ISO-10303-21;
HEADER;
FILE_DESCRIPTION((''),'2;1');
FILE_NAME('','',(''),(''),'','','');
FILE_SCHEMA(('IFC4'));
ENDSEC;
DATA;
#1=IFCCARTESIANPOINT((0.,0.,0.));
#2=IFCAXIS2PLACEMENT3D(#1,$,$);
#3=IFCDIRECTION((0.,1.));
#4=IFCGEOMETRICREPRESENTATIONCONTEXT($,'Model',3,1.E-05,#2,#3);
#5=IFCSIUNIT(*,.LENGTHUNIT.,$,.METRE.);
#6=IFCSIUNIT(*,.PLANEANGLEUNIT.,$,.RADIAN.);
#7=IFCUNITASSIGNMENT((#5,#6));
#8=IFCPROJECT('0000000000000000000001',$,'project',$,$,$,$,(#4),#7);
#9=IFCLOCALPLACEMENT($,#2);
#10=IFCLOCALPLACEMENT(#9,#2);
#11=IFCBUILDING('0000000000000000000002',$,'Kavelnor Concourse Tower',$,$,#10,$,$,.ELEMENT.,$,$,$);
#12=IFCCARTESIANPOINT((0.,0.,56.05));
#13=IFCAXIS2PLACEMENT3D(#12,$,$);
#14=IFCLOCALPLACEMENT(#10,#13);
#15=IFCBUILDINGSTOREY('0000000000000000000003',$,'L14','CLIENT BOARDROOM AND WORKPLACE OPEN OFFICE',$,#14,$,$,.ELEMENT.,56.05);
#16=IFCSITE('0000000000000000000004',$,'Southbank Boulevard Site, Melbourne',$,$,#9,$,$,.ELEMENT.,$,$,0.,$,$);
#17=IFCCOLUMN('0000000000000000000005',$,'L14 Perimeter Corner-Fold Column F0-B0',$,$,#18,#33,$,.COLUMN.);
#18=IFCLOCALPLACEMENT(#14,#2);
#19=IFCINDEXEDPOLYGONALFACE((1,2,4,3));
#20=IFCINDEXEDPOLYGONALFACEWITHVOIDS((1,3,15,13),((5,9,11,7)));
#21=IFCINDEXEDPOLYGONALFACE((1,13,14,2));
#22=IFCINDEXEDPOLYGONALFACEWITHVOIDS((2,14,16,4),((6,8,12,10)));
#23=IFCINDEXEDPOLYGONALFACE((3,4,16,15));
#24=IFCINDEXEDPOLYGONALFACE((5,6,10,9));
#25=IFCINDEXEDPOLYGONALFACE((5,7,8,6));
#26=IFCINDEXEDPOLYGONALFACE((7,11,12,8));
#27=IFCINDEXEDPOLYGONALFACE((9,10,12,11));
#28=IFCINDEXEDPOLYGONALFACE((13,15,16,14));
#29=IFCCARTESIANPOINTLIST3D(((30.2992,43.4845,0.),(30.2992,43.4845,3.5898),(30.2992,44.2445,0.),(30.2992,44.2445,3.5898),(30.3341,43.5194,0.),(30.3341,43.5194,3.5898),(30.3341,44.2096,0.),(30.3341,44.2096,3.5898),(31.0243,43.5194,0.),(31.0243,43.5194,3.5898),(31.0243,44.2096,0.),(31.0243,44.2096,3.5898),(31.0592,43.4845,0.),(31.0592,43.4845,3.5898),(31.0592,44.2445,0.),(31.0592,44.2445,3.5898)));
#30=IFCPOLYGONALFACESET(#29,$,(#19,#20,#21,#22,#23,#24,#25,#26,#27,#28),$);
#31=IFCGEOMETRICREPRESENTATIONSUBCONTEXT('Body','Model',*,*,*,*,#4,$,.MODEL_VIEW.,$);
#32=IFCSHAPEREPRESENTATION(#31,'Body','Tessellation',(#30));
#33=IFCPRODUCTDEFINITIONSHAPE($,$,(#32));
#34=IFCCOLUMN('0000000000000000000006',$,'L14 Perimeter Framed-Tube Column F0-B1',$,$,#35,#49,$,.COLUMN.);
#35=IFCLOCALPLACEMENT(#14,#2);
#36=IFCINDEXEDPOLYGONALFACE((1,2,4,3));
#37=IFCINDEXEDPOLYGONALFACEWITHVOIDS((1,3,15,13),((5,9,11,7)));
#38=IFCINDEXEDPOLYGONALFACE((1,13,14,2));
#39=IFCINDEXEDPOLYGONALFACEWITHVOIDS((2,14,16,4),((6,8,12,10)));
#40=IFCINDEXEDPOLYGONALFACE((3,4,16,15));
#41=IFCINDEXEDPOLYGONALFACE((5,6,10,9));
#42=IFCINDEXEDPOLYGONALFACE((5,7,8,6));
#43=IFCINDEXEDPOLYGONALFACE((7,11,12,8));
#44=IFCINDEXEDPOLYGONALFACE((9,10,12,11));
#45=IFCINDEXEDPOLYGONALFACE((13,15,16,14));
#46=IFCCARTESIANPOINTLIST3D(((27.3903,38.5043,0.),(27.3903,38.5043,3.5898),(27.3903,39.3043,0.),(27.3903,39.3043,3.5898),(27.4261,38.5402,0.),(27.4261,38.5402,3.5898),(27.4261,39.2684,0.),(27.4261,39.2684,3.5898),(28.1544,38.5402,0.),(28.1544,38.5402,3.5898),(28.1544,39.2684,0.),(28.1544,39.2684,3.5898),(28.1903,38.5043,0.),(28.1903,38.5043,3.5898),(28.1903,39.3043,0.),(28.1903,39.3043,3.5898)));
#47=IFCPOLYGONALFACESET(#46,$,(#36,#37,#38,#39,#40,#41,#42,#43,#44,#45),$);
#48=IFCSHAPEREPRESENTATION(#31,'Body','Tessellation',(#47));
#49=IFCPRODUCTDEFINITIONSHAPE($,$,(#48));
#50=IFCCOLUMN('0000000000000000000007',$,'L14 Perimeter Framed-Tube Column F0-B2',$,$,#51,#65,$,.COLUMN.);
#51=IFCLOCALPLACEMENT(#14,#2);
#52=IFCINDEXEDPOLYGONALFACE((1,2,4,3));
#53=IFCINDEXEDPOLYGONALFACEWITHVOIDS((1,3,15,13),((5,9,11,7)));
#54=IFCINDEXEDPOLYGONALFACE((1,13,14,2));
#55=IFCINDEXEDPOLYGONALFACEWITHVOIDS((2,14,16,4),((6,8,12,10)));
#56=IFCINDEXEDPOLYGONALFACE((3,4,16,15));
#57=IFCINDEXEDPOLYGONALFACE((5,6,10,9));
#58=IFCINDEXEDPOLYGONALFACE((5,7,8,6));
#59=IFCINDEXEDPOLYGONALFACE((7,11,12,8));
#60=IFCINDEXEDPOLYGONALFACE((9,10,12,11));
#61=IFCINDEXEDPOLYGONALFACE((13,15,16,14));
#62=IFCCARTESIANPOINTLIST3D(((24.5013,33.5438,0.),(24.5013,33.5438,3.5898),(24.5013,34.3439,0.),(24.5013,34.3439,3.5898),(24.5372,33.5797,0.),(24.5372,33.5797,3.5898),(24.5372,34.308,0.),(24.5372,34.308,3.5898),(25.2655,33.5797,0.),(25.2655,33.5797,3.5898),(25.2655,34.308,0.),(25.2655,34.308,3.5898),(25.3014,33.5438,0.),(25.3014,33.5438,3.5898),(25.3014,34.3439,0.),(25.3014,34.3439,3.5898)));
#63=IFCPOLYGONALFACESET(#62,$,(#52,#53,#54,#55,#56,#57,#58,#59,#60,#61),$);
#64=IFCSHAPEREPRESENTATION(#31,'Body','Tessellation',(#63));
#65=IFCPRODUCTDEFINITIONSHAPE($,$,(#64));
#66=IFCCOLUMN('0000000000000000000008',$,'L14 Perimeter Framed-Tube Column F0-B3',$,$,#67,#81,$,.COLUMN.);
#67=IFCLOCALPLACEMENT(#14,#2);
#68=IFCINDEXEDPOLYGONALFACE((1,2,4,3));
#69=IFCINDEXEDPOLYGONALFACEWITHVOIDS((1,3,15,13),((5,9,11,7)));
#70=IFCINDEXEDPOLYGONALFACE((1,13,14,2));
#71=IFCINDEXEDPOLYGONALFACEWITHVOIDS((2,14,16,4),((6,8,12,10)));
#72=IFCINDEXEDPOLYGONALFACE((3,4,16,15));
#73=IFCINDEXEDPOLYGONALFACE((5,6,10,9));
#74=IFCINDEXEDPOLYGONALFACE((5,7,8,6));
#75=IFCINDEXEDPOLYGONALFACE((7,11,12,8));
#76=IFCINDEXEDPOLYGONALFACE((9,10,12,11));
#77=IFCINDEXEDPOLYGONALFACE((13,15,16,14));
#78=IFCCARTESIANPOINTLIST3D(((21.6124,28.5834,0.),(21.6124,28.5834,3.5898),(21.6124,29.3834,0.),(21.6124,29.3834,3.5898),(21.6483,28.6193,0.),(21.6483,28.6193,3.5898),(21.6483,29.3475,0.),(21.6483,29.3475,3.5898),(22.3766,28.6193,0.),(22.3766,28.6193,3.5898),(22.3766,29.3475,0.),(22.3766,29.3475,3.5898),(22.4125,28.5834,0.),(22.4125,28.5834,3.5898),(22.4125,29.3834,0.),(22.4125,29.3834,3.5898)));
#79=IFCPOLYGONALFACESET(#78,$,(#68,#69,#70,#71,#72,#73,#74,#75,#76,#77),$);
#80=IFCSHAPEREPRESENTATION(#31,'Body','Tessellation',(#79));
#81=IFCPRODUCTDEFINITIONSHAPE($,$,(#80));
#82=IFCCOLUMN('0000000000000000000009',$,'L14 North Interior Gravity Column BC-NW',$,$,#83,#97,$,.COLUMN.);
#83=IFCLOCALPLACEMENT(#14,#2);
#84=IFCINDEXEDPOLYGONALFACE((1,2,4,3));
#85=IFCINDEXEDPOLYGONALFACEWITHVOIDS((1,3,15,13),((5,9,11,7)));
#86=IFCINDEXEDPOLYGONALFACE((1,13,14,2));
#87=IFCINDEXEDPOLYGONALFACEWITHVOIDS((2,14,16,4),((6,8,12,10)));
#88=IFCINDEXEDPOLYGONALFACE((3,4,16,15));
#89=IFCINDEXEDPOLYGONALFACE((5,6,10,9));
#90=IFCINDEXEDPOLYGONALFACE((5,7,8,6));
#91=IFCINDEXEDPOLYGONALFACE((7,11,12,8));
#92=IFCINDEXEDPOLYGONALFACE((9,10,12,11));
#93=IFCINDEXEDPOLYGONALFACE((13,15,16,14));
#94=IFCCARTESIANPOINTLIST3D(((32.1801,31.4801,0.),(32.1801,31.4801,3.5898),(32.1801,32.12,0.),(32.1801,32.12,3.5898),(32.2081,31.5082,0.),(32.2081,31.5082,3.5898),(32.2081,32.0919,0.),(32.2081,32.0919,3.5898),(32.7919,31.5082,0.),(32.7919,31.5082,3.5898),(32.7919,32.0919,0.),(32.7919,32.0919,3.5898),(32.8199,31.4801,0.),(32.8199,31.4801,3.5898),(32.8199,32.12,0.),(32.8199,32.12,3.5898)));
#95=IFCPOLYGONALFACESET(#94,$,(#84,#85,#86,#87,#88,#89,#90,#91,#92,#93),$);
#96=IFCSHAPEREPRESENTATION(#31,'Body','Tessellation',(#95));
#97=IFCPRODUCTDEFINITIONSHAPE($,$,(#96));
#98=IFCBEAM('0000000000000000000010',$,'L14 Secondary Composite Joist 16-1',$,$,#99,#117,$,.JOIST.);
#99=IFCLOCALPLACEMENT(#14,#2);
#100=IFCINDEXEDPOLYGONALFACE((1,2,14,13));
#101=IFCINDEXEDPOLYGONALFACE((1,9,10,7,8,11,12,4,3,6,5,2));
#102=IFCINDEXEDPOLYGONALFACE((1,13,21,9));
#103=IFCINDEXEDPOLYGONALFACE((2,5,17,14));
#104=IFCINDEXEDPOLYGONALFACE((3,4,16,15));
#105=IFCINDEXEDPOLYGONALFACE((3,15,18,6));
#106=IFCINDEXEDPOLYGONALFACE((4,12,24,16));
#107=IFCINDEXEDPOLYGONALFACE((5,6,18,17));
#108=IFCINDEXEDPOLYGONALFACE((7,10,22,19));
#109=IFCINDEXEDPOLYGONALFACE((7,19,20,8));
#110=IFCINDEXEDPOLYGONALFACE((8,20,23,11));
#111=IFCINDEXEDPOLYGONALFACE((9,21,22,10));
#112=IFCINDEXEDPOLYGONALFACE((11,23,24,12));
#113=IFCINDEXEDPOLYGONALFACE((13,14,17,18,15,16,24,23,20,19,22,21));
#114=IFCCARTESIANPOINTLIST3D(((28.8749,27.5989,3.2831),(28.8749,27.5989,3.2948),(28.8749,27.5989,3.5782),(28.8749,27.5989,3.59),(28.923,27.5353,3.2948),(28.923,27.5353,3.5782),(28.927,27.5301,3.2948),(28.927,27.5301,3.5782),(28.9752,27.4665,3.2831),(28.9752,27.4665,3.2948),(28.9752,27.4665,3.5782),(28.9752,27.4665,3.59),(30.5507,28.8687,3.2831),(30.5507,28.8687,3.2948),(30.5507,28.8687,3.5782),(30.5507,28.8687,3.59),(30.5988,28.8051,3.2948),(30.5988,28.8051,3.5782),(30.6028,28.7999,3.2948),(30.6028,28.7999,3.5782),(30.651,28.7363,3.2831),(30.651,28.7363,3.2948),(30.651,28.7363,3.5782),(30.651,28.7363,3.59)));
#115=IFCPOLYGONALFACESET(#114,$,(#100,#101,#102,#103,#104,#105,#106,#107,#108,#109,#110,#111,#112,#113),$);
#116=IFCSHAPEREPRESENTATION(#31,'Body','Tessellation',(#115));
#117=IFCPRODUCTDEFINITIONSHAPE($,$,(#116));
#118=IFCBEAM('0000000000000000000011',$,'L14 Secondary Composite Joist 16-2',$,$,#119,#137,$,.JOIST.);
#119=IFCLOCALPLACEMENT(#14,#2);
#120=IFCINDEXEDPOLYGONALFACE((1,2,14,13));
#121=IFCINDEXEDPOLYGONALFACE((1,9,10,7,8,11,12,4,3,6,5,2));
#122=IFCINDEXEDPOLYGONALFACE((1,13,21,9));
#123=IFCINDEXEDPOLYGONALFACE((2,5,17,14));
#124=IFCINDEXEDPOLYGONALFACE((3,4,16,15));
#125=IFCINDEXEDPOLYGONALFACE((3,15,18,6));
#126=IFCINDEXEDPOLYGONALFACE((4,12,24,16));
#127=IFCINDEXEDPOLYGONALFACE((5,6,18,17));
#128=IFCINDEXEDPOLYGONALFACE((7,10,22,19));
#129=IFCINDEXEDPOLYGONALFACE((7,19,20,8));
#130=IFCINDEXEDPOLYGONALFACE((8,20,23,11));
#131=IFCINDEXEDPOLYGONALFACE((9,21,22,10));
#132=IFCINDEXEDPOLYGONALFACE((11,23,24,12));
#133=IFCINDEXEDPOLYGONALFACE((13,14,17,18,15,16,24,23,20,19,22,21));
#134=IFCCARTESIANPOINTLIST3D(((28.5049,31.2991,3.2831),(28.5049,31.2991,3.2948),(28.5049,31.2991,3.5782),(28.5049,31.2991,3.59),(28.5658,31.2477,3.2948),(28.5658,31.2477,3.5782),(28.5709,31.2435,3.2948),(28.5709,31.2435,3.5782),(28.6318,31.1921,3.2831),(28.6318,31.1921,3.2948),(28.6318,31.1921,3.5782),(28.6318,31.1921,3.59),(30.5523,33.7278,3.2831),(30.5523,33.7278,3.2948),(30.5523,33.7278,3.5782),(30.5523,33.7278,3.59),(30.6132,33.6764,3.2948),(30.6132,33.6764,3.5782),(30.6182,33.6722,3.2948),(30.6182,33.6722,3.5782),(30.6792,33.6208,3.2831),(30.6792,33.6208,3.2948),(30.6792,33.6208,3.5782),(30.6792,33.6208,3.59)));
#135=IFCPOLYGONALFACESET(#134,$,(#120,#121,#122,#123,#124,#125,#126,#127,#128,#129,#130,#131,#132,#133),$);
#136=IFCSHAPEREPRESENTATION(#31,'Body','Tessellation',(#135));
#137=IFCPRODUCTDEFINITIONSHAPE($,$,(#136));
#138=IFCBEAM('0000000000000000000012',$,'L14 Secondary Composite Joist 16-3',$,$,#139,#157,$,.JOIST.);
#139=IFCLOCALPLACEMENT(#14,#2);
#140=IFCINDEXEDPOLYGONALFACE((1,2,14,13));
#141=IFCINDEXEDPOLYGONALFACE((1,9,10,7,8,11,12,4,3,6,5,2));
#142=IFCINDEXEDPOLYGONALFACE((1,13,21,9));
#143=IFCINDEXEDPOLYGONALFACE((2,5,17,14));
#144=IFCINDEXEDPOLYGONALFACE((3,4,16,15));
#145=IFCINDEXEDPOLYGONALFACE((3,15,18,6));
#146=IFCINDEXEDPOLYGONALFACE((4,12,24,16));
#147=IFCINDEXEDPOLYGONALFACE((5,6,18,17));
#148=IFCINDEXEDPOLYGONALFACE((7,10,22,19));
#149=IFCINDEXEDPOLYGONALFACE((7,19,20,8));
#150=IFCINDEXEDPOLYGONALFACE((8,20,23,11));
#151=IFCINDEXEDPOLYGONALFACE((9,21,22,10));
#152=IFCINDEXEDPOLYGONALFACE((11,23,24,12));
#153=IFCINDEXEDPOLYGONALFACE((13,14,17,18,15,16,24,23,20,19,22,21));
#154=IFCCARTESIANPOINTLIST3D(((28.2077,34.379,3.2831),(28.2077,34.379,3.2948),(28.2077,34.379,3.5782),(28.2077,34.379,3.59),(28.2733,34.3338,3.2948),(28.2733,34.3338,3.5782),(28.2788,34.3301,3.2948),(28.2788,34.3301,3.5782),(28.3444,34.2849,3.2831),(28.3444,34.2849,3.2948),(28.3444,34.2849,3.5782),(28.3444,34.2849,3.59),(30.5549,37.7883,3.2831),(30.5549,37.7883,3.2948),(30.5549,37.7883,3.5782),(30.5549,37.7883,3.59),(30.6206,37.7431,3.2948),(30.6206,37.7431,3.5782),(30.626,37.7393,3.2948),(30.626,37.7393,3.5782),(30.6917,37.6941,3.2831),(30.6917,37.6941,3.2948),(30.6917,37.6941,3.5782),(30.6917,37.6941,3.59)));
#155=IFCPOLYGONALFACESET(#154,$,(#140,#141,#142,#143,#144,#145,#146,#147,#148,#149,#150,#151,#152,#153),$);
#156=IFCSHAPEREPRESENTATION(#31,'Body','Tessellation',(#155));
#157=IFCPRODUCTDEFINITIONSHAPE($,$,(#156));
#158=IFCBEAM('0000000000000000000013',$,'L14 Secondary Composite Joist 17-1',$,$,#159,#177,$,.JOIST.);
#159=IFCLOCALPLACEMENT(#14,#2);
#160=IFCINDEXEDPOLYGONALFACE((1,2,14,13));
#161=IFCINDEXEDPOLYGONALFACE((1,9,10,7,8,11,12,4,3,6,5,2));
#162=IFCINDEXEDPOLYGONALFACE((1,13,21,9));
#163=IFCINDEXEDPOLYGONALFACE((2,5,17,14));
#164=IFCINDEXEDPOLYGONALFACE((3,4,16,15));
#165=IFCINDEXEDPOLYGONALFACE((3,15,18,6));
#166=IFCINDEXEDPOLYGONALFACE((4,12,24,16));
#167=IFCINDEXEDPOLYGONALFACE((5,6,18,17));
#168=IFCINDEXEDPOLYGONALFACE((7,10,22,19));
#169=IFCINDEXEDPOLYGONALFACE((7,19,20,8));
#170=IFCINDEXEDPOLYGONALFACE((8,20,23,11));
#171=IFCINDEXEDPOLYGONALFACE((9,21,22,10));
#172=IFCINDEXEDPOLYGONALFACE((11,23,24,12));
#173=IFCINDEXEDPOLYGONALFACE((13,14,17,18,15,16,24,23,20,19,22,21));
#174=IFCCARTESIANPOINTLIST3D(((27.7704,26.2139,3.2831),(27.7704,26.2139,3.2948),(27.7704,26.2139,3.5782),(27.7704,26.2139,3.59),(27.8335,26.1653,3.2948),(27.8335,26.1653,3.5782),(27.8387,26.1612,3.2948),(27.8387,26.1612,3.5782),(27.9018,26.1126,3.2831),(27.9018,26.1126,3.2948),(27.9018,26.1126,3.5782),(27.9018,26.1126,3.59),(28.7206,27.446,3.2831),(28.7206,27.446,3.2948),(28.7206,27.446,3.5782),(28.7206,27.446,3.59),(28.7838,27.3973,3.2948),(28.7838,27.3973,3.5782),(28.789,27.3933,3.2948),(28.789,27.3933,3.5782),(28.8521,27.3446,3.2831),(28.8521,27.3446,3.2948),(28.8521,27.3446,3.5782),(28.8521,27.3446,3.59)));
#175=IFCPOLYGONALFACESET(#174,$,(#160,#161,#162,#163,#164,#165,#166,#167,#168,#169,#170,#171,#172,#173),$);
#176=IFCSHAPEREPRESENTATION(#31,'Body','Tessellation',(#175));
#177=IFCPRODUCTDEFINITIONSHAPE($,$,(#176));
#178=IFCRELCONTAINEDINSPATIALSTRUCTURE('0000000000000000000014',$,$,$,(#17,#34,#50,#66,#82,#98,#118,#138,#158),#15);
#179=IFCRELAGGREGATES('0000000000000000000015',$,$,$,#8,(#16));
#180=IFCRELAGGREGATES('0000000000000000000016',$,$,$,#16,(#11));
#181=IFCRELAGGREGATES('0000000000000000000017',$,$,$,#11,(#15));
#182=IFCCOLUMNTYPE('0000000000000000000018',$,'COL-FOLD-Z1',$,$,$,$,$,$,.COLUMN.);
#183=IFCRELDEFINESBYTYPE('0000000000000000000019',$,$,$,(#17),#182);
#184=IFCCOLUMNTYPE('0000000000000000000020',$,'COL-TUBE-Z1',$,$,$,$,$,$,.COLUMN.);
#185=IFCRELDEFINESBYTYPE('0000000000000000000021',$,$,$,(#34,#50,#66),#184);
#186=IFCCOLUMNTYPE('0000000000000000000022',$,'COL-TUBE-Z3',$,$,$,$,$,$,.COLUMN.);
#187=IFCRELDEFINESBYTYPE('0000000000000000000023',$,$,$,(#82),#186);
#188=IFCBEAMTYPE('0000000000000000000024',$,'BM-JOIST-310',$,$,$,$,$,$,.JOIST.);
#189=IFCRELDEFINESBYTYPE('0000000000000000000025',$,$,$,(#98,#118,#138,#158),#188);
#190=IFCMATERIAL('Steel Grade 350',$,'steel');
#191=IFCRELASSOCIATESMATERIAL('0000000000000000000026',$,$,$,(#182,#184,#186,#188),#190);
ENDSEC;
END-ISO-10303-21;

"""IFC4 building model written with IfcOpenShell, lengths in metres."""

from ifc_helpers import new_model, si_unit, direction, frame, origin, origin_2d, place, context, subcontext, project, spatial, hollow_rectangle, i_section, extrude, material, material_profile, profile_set, type_object, element, save


model = new_model("IFC4")

# Units and contexts
model_context = context("Model", 3, precision=1e-05, world=origin(), true_north=direction((0.0, 1.0)))
body_context = subcontext(model_context, "Body", "Model", "MODEL_VIEW")
ifc_project = project(units=[si_unit("LENGTHUNIT", "METRE"), si_unit("PLANEANGLEUNIT", "RADIAN")], contexts=[model_context])

# Site, building, storey
site_placement = place(None, origin())
site = spatial("IfcSite", under=ifc_project, at=site_placement, Name="Southbank Boulevard Site, Melbourne", CompositionType="ELEMENT", RefElevation=0.0)
building_placement = place(site_placement, origin())
building = spatial("IfcBuilding", under=site, at=building_placement, Name="Kavelnor Concourse Tower", CompositionType="ELEMENT")
storey_placement = place(building_placement, frame((0.0, 0.0, 56.05)))
storey = spatial("IfcBuildingStorey", under=building, at=storey_placement, Name="L14", Description="CLIENT BOARDROOM AND WORKPLACE OPEN OFFICE", CompositionType="ELEMENT", Elevation=56.05)

# Columns
ifc_material_1 = material(Name="Steel Grade 350", Category="steel")
ifc_material_profile_1 = material_profile(ifc_material_1, hollow_rectangle(XDim=0.76, YDim=0.76, WallThickness=0.0349, at=origin_2d()), Name="SHS 760x760x35")
ifc_profile_set_1 = profile_set([ifc_material_profile_1], Name="Steel Grade 350")
column_type_1 = type_object("IfcColumnType", Name="COL-FOLD-Z1", PredefinedType="COLUMN", material=ifc_profile_set_1)
column_1_placement = place(storey_placement, frame((30.6792, 43.8645, 0.0), z_axis=(0.0, 0.0, 1.0), x_axis=(1.0, 0.0, 0.0)))
element("IfcColumn", 1, at=column_1_placement, inside=storey, type_object=column_type_1, Name="L14 Perimeter Corner-Fold Column F0-B0", PredefinedType="COLUMN", context=body_context, shape_type="SweptSolid", body=[
    extrude(hollow_rectangle(XDim=0.76, YDim=0.76, WallThickness=0.0349, at=origin_2d()), origin(), (0.0, 0.0, 1.0), 3.5898),
])
ifc_material_profile_2 = material_profile(ifc_material_1, hollow_rectangle(XDim=0.8, YDim=0.8, WallThickness=0.0359, at=origin_2d()), Name="SHS 800x800x36")
ifc_profile_set_2 = profile_set([ifc_material_profile_2], Name="Steel Grade 350")
column_type_2 = type_object("IfcColumnType", Name="COL-TUBE-Z1", PredefinedType="COLUMN", material=ifc_profile_set_2)
for number, where, z_axis, x_axis, name in (
    (2, (27.7903, 38.9043, 0.0), (0.0, 0.0, 1.0), (1.0, 0.0, 0.0), "L14 Perimeter Framed-Tube Column F0-B1"),
    (3, (24.9014, 33.9438, 0.0), (0.0, 0.0, 1.0), (1.0, 0.0, 0.0), "L14 Perimeter Framed-Tube Column F0-B2"),
    (4, (22.0125, 28.9834, 0.0), (0.0, 0.0, 1.0), (1.0, 0.0, 0.0), "L14 Perimeter Framed-Tube Column F0-B3"),
):
    element("IfcColumn", number, at=place(storey_placement, frame(where, z_axis=z_axis, x_axis=x_axis)), inside=storey, type_object=column_type_2, Name=name, PredefinedType="COLUMN", context=body_context, shape_type="SweptSolid", body=[
        extrude(hollow_rectangle(XDim=0.8, YDim=0.8, WallThickness=0.0359, at=origin_2d()), origin(), (0.0, 0.0, 1.0), 3.5898),
    ])
ifc_material_profile_3 = material_profile(ifc_material_1, hollow_rectangle(XDim=0.6399, YDim=0.6399, WallThickness=0.0281, at=origin_2d()), Name="SHS 640x640x28")
ifc_profile_set_3 = profile_set([ifc_material_profile_3], Name="Steel Grade 350")
column_type_3 = type_object("IfcColumnType", Name="COL-TUBE-Z3", PredefinedType="COLUMN", material=ifc_profile_set_3)
column_2_placement = place(storey_placement, frame((32.5, 31.8, 0.0), z_axis=(0.0, 0.0, 1.0), x_axis=(1.0, 0.0, 0.0)))
element("IfcColumn", 5, at=column_2_placement, inside=storey, type_object=column_type_3, Name="L14 North Interior Gravity Column BC-NW", PredefinedType="COLUMN", context=body_context, shape_type="SweptSolid", body=[
    extrude(hollow_rectangle(XDim=0.6399, YDim=0.6399, WallThickness=0.0281, at=origin_2d()), origin(), (0.0, 0.0, 1.0), 3.5898),
])

# Beams
ifc_material_profile_4 = material_profile(ifc_material_1, i_section(OverallWidth=0.166, OverallDepth=0.3069, WebThickness=0.0066, FlangeThickness=0.0117, at=origin_2d()), Name="310UB46")
ifc_profile_set_4 = profile_set([ifc_material_profile_4], Name="Steel Grade 350")
beam_type_1 = type_object("IfcBeamType", Name="BM-JOIST-310", PredefinedType="JOIST", material=ifc_profile_set_4)
beam_1_placement = place(storey_placement, frame((30.6008, 28.8025, 3.4365), z_axis=(-0.797036, -0.603931, 0.0), x_axis=(0.603931, -0.797036, 0.0)))
element("IfcBeam", 6, at=beam_1_placement, inside=storey, type_object=beam_type_1, Name="L14 Secondary Composite Joist 16-1", PredefinedType="JOIST", context=body_context, shape_type="SweptSolid", body=[
    extrude(i_section(OverallWidth=0.166, OverallDepth=0.3069, WebThickness=0.0066, FlangeThickness=0.0117, at=origin_2d()), origin(), (0.0, 0.0, 1.0), 2.1025),
])
beam_2_placement = place(storey_placement, frame((30.6157, 33.6743, 3.4365), z_axis=(-0.644529, -0.76458, 0.0), x_axis=(0.76458, -0.644529, 0.0)))
element("IfcBeam", 7, at=beam_2_placement, inside=storey, type_object=beam_type_1, Name="L14 Secondary Composite Joist 16-2", PredefinedType="JOIST", context=body_context, shape_type="SweptSolid", body=[
    extrude(i_section(OverallWidth=0.166, OverallDepth=0.3069, WebThickness=0.0066, FlangeThickness=0.0117, at=origin_2d()), origin(), (0.0, 0.0, 1.0), 3.1765),
])
beam_3_placement = place(storey_placement, frame((30.6233, 37.7412, 3.4365), z_axis=(-0.567079, -0.823663, 0.0), x_axis=(0.823663, -0.567079, 0.0)))
element("IfcBeam", 8, at=beam_3_placement, inside=storey, type_object=beam_type_1, Name="L14 Secondary Composite Joist 16-3", PredefinedType="JOIST", context=body_context, shape_type="SweptSolid", body=[
    extrude(i_section(OverallWidth=0.166, OverallDepth=0.3069, WebThickness=0.0066, FlangeThickness=0.0117, at=origin_2d()), origin(), (0.0, 0.0, 1.0), 4.1392),
])
beam_4_placement = place(storey_placement, frame((28.7864, 27.3953, 3.4365), z_axis=(-0.610742, -0.79183, 0.0), x_axis=(0.79183, -0.610742, 0.0)))
element("IfcBeam", 9, at=beam_4_placement, inside=storey, type_object=beam_type_1, Name="L14 Secondary Composite Joist 17-1", PredefinedType="JOIST", context=body_context, shape_type="SweptSolid", body=[
    extrude(i_section(OverallWidth=0.166, OverallDepth=0.3069, WebThickness=0.0066, FlangeThickness=0.0117, at=origin_2d()), origin(), (0.0, 0.0, 1.0), 1.5559),
])

save(model, "model.ifc")
